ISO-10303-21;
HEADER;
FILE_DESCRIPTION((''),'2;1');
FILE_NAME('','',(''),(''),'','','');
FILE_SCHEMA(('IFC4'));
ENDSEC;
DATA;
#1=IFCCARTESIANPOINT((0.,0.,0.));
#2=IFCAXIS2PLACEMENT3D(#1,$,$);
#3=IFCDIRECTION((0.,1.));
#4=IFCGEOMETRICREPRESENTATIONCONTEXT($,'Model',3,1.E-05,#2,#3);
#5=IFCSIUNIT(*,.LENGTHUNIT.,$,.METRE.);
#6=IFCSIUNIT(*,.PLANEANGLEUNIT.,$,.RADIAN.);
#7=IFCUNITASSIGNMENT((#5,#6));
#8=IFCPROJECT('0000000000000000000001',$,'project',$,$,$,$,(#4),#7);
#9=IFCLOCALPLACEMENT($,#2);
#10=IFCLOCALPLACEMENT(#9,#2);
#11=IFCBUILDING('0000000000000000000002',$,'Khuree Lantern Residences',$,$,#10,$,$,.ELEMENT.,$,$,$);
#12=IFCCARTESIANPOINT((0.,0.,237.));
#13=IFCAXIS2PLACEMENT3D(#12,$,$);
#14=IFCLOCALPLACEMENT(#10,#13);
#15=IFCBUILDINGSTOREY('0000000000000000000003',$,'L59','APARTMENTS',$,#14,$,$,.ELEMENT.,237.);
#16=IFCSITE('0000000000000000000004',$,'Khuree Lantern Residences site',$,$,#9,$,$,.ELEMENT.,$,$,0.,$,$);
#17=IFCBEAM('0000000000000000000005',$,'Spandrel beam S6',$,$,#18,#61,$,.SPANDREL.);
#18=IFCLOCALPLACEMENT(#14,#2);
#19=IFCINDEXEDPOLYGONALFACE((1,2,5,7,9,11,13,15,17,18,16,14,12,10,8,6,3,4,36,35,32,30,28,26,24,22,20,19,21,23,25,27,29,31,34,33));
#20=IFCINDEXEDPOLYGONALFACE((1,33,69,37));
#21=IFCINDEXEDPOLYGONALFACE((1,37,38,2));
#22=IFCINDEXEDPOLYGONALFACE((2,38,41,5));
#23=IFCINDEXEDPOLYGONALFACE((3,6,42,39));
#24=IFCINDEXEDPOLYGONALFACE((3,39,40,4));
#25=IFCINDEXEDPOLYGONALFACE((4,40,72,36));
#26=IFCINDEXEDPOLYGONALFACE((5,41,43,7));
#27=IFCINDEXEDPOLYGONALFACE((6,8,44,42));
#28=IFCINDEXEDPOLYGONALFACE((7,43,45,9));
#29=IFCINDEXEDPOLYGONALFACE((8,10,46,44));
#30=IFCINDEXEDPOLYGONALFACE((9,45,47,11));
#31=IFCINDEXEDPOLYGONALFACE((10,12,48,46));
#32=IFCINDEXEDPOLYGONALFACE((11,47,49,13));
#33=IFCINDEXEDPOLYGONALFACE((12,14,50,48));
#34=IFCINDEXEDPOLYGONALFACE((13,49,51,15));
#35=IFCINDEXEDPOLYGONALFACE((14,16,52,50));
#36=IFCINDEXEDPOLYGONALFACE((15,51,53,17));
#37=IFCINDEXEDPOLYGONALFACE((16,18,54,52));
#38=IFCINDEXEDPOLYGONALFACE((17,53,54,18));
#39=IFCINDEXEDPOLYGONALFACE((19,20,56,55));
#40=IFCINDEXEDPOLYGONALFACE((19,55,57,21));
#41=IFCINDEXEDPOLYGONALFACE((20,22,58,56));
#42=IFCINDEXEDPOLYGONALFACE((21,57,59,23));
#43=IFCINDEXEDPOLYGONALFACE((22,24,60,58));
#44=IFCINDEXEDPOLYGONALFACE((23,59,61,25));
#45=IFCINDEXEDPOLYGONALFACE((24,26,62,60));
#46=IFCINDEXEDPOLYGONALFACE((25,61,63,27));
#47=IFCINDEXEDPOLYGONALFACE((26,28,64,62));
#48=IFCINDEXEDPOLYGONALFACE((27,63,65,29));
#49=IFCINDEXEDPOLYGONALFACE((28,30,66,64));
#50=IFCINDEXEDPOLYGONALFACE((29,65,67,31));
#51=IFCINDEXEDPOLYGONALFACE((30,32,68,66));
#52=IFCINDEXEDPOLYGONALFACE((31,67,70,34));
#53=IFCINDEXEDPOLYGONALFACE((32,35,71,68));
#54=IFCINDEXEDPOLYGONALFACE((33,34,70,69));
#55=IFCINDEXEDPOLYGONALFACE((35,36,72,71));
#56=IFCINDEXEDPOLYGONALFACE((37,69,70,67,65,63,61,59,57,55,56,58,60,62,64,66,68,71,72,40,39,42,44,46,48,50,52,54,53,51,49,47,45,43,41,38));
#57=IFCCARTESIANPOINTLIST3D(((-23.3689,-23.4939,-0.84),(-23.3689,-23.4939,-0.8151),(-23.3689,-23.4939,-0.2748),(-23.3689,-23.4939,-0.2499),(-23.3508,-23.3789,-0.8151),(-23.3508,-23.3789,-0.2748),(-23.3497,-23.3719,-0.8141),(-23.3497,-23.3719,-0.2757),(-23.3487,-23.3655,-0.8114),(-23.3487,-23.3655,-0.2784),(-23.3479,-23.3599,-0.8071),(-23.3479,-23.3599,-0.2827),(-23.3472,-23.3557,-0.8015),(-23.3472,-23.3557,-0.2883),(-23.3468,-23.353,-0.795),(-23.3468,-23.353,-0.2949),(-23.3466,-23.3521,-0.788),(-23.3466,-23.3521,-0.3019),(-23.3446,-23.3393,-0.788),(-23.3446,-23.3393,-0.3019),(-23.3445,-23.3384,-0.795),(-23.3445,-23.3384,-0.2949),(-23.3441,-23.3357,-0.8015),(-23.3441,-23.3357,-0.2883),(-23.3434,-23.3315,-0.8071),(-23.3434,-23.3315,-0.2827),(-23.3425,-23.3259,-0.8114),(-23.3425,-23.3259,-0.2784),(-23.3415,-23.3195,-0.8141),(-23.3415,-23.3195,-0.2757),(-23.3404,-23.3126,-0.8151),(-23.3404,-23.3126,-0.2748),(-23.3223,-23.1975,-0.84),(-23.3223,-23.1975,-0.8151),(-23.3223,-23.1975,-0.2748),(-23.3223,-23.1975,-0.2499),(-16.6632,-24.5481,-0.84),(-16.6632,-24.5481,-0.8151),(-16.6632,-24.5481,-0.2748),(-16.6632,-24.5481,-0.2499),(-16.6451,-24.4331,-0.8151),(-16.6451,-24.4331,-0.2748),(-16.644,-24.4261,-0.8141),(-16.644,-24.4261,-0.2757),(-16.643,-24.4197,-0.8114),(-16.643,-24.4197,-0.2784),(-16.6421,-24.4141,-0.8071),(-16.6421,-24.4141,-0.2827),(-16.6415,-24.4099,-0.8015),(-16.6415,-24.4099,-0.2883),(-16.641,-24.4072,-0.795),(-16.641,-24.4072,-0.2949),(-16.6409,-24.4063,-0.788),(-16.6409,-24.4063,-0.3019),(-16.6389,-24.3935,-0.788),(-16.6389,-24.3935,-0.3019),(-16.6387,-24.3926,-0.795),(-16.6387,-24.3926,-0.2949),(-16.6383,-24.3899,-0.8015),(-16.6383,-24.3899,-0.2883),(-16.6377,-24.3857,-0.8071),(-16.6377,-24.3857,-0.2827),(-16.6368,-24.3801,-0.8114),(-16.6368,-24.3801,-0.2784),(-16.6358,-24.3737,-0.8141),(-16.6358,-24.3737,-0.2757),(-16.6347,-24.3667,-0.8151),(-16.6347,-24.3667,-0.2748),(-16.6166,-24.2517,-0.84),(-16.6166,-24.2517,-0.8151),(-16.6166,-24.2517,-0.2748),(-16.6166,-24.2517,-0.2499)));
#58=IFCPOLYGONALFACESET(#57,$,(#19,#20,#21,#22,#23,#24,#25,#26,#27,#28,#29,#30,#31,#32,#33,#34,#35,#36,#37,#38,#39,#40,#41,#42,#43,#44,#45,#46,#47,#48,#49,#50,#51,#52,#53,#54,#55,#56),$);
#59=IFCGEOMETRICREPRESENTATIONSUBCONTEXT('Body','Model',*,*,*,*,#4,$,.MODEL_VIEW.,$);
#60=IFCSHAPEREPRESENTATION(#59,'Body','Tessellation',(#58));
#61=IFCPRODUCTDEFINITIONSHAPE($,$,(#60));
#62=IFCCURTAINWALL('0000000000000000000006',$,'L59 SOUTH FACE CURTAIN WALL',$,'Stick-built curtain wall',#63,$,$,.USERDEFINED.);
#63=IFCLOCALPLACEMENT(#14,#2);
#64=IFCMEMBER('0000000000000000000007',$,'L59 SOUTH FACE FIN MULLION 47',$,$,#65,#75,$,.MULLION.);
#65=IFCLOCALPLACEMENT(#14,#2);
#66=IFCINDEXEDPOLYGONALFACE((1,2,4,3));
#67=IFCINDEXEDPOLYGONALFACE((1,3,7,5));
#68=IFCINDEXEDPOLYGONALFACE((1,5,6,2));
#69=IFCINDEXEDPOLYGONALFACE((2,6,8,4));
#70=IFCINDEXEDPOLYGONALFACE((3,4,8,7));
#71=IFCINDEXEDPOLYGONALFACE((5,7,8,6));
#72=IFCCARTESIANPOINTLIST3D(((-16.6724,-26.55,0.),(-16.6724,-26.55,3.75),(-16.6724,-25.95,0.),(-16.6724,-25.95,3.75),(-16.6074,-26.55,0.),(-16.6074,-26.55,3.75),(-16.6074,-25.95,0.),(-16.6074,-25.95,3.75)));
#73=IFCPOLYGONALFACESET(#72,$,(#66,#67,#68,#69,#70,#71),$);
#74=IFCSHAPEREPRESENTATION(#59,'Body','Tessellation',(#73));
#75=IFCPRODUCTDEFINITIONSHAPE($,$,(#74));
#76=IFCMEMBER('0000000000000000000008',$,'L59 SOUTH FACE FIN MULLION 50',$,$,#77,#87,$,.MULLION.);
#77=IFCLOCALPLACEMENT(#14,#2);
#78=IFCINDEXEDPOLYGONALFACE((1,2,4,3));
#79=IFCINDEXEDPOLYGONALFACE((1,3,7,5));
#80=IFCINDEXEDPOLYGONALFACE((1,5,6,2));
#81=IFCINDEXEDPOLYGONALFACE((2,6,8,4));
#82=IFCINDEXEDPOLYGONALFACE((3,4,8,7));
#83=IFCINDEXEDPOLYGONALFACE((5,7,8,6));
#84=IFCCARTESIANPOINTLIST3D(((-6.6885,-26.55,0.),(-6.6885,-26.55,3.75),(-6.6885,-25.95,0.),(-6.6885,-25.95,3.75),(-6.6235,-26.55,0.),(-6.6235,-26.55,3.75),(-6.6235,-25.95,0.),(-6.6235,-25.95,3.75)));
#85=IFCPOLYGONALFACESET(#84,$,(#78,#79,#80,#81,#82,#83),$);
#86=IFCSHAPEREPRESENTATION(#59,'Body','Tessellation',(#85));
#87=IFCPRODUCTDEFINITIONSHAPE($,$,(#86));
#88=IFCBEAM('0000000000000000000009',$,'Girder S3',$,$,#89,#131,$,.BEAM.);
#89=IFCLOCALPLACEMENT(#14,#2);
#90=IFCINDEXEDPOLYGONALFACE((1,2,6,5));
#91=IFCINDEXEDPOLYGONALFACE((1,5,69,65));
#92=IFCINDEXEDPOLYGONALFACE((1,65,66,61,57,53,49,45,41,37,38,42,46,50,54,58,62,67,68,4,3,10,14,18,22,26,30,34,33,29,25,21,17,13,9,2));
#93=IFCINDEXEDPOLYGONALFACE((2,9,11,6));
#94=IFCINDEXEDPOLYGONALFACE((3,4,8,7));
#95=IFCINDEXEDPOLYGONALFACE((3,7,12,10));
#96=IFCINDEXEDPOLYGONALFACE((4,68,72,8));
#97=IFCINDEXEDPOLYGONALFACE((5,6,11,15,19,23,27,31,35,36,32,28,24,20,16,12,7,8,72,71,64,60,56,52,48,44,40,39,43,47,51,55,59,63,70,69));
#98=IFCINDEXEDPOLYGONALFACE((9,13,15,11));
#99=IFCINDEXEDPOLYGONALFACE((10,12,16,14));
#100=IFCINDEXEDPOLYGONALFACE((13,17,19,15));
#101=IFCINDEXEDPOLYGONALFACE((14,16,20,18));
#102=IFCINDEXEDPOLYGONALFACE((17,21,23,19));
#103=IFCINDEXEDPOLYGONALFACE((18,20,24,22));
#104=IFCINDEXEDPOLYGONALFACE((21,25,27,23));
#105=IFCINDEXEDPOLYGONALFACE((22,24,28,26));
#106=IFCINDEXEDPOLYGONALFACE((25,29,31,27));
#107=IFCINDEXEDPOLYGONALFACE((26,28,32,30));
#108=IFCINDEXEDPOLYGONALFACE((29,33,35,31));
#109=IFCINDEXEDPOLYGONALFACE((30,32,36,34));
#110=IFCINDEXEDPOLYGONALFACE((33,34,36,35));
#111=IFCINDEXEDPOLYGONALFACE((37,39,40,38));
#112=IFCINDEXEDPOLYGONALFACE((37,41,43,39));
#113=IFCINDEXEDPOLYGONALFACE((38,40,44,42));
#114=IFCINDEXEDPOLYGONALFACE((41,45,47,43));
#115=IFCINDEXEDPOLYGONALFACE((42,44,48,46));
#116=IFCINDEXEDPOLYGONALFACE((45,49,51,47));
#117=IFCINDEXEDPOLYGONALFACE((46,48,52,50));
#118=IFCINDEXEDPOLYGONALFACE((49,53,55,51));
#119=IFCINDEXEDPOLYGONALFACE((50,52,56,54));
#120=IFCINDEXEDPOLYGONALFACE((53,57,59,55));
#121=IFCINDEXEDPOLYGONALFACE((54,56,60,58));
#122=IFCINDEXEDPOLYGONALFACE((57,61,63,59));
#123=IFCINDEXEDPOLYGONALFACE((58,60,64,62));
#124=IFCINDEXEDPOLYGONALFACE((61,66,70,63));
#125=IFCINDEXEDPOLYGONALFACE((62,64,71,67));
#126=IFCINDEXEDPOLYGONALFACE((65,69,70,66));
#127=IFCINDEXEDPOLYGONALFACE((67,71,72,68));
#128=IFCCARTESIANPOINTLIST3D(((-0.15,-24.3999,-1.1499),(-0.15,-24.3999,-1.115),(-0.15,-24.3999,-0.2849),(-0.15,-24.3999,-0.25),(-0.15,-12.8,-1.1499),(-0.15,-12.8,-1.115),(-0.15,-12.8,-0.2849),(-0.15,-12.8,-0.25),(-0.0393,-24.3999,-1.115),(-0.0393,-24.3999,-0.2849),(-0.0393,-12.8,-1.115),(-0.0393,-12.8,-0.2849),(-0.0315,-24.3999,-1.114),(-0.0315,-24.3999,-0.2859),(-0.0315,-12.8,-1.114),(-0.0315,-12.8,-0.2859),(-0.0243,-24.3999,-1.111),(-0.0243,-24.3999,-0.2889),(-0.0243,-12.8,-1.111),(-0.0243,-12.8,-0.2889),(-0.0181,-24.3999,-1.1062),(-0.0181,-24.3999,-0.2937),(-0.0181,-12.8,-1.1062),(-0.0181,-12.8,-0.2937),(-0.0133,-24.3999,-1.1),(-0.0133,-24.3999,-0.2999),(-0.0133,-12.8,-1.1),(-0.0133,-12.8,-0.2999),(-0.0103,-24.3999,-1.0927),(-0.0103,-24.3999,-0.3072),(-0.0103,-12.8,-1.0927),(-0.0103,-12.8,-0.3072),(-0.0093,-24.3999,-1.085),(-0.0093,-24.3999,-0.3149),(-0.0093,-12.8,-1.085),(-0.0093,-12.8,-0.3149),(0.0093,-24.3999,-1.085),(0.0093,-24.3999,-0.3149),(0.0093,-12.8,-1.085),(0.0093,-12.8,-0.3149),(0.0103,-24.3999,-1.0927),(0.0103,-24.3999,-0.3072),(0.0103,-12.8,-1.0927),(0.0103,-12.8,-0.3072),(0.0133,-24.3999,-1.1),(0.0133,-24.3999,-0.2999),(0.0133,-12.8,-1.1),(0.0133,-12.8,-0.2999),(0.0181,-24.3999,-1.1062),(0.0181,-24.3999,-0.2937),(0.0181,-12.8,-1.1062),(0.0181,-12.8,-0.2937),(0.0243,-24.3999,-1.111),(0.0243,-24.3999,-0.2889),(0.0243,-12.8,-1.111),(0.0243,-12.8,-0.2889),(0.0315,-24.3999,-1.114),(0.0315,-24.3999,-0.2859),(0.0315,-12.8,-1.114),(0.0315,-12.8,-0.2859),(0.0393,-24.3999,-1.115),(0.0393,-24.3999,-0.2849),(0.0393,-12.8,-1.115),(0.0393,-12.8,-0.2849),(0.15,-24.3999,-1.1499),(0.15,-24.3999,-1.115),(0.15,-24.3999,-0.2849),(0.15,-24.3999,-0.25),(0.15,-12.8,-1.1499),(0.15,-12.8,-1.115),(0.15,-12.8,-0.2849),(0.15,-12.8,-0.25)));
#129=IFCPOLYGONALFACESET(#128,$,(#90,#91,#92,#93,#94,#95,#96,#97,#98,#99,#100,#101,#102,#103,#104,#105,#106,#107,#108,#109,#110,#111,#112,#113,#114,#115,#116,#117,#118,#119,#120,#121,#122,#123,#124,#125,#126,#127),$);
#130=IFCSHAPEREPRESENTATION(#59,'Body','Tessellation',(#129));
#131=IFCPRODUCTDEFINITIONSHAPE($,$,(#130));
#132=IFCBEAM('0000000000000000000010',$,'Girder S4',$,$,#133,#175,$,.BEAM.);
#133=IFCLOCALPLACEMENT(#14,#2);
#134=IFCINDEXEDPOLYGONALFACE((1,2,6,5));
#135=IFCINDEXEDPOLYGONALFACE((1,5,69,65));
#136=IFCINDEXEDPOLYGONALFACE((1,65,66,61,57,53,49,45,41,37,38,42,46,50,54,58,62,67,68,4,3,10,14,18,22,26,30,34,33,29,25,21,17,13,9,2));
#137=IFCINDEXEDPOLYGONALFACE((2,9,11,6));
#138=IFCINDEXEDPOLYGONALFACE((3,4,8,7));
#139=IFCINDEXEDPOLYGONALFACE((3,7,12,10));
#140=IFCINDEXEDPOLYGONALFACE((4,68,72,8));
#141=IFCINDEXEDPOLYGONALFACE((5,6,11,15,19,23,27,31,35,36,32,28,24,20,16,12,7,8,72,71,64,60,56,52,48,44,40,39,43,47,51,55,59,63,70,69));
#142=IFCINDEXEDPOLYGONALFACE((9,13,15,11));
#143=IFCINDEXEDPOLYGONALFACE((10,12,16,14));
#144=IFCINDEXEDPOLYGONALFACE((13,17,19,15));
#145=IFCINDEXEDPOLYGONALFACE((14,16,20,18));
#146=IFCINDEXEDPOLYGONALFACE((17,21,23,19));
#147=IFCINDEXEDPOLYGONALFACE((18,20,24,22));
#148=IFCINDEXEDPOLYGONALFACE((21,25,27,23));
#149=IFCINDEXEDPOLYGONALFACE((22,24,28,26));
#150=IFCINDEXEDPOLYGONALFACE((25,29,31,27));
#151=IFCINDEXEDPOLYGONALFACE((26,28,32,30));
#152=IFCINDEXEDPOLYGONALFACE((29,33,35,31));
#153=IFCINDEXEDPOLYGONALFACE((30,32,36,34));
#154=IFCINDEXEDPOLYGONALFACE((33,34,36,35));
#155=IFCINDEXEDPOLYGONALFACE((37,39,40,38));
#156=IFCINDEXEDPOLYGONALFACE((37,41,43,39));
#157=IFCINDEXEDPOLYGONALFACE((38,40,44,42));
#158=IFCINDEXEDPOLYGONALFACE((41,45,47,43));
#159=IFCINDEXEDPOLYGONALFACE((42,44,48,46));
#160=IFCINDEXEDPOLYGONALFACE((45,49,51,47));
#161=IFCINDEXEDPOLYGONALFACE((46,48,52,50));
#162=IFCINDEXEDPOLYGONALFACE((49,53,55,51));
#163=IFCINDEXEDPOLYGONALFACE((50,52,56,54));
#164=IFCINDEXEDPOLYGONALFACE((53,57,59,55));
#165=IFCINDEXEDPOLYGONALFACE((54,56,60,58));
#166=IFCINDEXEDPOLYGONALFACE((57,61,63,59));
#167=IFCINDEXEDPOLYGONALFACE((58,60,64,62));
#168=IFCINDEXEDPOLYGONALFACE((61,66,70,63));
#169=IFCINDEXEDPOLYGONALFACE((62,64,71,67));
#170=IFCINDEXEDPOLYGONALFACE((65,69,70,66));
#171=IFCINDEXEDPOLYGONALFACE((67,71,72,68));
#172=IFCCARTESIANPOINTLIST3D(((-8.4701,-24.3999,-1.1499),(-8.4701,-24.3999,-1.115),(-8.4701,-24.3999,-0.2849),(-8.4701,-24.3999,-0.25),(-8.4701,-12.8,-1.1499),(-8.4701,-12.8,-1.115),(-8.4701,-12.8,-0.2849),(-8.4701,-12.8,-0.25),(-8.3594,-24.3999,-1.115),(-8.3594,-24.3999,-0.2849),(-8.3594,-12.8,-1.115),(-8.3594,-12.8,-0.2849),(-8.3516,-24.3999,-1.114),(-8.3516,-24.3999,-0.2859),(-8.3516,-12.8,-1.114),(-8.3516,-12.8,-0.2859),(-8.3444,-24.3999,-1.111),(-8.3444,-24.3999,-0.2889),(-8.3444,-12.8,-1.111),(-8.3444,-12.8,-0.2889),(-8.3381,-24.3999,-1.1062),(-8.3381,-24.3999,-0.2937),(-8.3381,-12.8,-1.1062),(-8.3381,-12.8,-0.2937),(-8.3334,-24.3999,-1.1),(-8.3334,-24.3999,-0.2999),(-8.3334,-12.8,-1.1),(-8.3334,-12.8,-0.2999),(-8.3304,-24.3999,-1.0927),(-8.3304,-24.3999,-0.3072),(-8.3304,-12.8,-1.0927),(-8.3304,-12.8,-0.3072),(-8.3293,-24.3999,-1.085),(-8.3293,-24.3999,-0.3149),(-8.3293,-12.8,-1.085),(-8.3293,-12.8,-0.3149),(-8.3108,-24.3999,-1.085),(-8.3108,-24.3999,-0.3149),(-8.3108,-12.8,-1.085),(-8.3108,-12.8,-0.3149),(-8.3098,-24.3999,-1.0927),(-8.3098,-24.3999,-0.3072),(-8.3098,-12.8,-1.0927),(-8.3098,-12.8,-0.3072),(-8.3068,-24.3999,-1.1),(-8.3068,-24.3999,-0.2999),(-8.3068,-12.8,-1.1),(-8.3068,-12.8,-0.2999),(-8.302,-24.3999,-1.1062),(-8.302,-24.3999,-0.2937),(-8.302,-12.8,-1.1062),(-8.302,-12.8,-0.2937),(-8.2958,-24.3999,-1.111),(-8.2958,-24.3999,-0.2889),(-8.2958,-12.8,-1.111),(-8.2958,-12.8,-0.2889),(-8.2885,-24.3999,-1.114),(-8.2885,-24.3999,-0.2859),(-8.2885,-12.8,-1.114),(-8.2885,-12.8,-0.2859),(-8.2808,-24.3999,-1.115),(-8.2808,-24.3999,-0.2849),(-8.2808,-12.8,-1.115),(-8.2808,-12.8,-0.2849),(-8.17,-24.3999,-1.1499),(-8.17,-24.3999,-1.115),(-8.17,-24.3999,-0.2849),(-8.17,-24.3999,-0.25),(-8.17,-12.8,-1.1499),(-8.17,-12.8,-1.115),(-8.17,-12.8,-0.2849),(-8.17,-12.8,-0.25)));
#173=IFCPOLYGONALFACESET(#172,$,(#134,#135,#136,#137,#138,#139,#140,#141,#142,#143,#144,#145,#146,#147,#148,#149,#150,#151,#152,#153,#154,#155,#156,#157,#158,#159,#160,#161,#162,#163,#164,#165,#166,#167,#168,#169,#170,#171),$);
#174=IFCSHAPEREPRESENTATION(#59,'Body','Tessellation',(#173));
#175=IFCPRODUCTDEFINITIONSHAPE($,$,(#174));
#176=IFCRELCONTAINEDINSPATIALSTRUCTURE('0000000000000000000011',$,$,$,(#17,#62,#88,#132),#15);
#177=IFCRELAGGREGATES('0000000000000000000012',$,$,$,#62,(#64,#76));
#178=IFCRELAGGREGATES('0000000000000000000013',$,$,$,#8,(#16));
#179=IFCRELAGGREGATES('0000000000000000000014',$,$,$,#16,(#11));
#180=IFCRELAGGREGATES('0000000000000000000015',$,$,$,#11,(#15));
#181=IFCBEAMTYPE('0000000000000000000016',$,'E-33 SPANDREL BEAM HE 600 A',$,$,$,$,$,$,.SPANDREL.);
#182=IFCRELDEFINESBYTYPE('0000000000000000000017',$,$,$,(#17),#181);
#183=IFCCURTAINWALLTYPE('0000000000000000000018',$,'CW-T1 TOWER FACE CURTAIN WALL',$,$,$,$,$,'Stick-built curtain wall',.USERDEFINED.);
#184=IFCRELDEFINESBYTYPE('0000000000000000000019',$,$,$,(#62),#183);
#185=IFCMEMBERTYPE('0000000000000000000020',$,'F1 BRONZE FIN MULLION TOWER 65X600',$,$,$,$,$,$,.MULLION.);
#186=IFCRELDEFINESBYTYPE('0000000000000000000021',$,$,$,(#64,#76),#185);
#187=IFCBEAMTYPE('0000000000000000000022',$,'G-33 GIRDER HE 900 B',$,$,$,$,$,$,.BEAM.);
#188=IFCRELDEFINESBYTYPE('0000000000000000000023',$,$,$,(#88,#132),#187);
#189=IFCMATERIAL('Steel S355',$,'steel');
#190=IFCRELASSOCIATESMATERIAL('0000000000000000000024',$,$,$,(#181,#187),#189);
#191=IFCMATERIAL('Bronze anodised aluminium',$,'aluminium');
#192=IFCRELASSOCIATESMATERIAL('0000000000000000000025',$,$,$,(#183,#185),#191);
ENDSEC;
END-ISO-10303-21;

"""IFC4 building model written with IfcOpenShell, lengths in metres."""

from ifc_helpers import new_model, si_unit, direction, frame, origin, origin_2d, place, context, subcontext, project, spatial, rectangle, i_section, extrude, material, material_profile, profile_set, type_object, element, aggregate, save


model = new_model("IFC4")

# Units and contexts
model_context = context("Model", 3, precision=1e-05, world=origin(), true_north=direction((0.0, 1.0)))
body_context = subcontext(model_context, "Body", "Model", "MODEL_VIEW")
ifc_project = project(units=[si_unit("LENGTHUNIT", "METRE"), si_unit("PLANEANGLEUNIT", "RADIAN")], contexts=[model_context])

# Site, building, storey
site_placement = place(None, origin())
site = spatial("IfcSite", under=ifc_project, at=site_placement, Name="Khuree Lantern Residences site", CompositionType="ELEMENT", RefElevation=0.0)
building_placement = place(site_placement, origin())
building = spatial("IfcBuilding", under=site, at=building_placement, Name="Khuree Lantern Residences", CompositionType="ELEMENT")
storey_placement = place(building_placement, frame((0.0, 0.0, 237.0)))
storey = spatial("IfcBuildingStorey", under=building, at=storey_placement, Name="L59", Description="APARTMENTS", CompositionType="ELEMENT", Elevation=237.0)

# Beam
ifc_material_1 = material(Name="Steel S355", Category="steel")
ifc_material_profile_1 = material_profile(ifc_material_1, i_section(OverallWidth=0.3, OverallDepth=0.5901, WebThickness=0.0129, FlangeThickness=0.0249, FilletRadius=0.0271, at=origin_2d()), Name="HE 600 A")
ifc_profile_set_1 = profile_set([ifc_material_profile_1], Name="Steel S355")
beam_type_1 = type_object("IfcBeamType", Name="E-33 SPANDREL BEAM HE 600 A", PredefinedType="SPANDREL", material=ifc_profile_set_1)
beam_1_placement = place(storey_placement, frame((-16.6399, -24.3999, -0.5449), z_axis=(-0.987867, 0.1553, 0.0), x_axis=(-0.1553, -0.987867, 0.0)))
element("IfcBeam", 1, at=beam_1_placement, inside=storey, type_object=beam_type_1, Name="Spandrel beam S6", PredefinedType="SPANDREL", context=body_context, shape_type="SweptSolid", body=[
    extrude(i_section(OverallWidth=0.3, OverallDepth=0.5901, WebThickness=0.0129, FlangeThickness=0.0249, FilletRadius=0.0271, at=origin_2d()), origin(), (0.0, 0.0, 1.0), 6.7881),
])

# Curtain wall, members
ifc_material_2 = material(Name="Bronze anodised aluminium", Category="aluminium")
curtain_wall_type = type_object("IfcCurtainWallType", Name="CW-T1 TOWER FACE CURTAIN WALL", ElementType="Stick-built curtain wall", PredefinedType="USERDEFINED", material=ifc_material_2)
curtain_wall_placement = place(storey_placement, origin())
curtain_wall = element("IfcCurtainWall", 2, at=curtain_wall_placement, inside=storey, type_object=curtain_wall_type, Name="L59 SOUTH FACE CURTAIN WALL", ObjectType="Stick-built curtain wall", PredefinedType="USERDEFINED")
ifc_material_profile_2 = material_profile(ifc_material_2, rectangle(XDim=0.0649, YDim=0.6001, at=origin_2d()), Name="F1 65X600")
ifc_profile_set_2 = profile_set([ifc_material_profile_2], Name="Bronze anodised aluminium")
member_type_1 = type_object("IfcMemberType", Name="F1 BRONZE FIN MULLION TOWER 65X600", PredefinedType="MULLION", material=ifc_profile_set_2)
member_1_placement = place(storey_placement, frame((-16.6399, -26.25, 0.0), z_axis=(0.0, 0.0, 1.0), x_axis=(1.0, 0.0, 0.0)))
member_1 = element("IfcMember", 3, at=member_1_placement, type_object=member_type_1, Name="L59 SOUTH FACE FIN MULLION 47", PredefinedType="MULLION", context=body_context, shape_type="SweptSolid", body=[
    extrude(rectangle(XDim=0.0649, YDim=0.6001, at=origin_2d()), origin(), (0.0, 0.0, 1.0), 3.75),
])
member_2_placement = place(storey_placement, frame((-6.656, -26.25, 0.0), z_axis=(0.0, 0.0, 1.0), x_axis=(1.0, 0.0, 0.0)))
member_2 = element("IfcMember", 4, at=member_2_placement, type_object=member_type_1, Name="L59 SOUTH FACE FIN MULLION 50", PredefinedType="MULLION", context=body_context, shape_type="SweptSolid", body=[
    extrude(rectangle(XDim=0.0649, YDim=0.6001, at=origin_2d()), origin(), (0.0, 0.0, 1.0), 3.75),
])

# Beams
ifc_material_profile_3 = material_profile(ifc_material_1, i_section(OverallWidth=0.3, OverallDepth=0.8999, WebThickness=0.0186, FlangeThickness=0.0349, FilletRadius=0.03, at=origin_2d()), Name="HE 900 B")
ifc_profile_set_3 = profile_set([ifc_material_profile_3], Name="Steel S355")
beam_type_2 = type_object("IfcBeamType", Name="G-33 GIRDER HE 900 B", PredefinedType="BEAM", material=ifc_profile_set_3)
for number, where, z_axis, x_axis, name in (
    (5, (0.0, -24.3999, -0.7), (0.0, 1.0, 0.0), (-1.0, 0.0, 0.0), "Girder S3"),
    (6, (-8.3201, -24.3999, -0.7), (0.0, 1.0, 0.0), (-1.0, 0.0, 0.0), "Girder S4"),
):
    element("IfcBeam", number, at=place(storey_placement, frame(where, z_axis=z_axis, x_axis=x_axis)), inside=storey, type_object=beam_type_2, Name=name, PredefinedType="BEAM", context=body_context, shape_type="SweptSolid", body=[
        extrude(i_section(OverallWidth=0.3, OverallDepth=0.8999, WebThickness=0.0186, FlangeThickness=0.0349, FilletRadius=0.03, at=origin_2d()), origin(), (0.0, 0.0, 1.0), 11.5999),
    ])

aggregate(curtain_wall, [member_1, member_2])

save(model, "model.ifc")
